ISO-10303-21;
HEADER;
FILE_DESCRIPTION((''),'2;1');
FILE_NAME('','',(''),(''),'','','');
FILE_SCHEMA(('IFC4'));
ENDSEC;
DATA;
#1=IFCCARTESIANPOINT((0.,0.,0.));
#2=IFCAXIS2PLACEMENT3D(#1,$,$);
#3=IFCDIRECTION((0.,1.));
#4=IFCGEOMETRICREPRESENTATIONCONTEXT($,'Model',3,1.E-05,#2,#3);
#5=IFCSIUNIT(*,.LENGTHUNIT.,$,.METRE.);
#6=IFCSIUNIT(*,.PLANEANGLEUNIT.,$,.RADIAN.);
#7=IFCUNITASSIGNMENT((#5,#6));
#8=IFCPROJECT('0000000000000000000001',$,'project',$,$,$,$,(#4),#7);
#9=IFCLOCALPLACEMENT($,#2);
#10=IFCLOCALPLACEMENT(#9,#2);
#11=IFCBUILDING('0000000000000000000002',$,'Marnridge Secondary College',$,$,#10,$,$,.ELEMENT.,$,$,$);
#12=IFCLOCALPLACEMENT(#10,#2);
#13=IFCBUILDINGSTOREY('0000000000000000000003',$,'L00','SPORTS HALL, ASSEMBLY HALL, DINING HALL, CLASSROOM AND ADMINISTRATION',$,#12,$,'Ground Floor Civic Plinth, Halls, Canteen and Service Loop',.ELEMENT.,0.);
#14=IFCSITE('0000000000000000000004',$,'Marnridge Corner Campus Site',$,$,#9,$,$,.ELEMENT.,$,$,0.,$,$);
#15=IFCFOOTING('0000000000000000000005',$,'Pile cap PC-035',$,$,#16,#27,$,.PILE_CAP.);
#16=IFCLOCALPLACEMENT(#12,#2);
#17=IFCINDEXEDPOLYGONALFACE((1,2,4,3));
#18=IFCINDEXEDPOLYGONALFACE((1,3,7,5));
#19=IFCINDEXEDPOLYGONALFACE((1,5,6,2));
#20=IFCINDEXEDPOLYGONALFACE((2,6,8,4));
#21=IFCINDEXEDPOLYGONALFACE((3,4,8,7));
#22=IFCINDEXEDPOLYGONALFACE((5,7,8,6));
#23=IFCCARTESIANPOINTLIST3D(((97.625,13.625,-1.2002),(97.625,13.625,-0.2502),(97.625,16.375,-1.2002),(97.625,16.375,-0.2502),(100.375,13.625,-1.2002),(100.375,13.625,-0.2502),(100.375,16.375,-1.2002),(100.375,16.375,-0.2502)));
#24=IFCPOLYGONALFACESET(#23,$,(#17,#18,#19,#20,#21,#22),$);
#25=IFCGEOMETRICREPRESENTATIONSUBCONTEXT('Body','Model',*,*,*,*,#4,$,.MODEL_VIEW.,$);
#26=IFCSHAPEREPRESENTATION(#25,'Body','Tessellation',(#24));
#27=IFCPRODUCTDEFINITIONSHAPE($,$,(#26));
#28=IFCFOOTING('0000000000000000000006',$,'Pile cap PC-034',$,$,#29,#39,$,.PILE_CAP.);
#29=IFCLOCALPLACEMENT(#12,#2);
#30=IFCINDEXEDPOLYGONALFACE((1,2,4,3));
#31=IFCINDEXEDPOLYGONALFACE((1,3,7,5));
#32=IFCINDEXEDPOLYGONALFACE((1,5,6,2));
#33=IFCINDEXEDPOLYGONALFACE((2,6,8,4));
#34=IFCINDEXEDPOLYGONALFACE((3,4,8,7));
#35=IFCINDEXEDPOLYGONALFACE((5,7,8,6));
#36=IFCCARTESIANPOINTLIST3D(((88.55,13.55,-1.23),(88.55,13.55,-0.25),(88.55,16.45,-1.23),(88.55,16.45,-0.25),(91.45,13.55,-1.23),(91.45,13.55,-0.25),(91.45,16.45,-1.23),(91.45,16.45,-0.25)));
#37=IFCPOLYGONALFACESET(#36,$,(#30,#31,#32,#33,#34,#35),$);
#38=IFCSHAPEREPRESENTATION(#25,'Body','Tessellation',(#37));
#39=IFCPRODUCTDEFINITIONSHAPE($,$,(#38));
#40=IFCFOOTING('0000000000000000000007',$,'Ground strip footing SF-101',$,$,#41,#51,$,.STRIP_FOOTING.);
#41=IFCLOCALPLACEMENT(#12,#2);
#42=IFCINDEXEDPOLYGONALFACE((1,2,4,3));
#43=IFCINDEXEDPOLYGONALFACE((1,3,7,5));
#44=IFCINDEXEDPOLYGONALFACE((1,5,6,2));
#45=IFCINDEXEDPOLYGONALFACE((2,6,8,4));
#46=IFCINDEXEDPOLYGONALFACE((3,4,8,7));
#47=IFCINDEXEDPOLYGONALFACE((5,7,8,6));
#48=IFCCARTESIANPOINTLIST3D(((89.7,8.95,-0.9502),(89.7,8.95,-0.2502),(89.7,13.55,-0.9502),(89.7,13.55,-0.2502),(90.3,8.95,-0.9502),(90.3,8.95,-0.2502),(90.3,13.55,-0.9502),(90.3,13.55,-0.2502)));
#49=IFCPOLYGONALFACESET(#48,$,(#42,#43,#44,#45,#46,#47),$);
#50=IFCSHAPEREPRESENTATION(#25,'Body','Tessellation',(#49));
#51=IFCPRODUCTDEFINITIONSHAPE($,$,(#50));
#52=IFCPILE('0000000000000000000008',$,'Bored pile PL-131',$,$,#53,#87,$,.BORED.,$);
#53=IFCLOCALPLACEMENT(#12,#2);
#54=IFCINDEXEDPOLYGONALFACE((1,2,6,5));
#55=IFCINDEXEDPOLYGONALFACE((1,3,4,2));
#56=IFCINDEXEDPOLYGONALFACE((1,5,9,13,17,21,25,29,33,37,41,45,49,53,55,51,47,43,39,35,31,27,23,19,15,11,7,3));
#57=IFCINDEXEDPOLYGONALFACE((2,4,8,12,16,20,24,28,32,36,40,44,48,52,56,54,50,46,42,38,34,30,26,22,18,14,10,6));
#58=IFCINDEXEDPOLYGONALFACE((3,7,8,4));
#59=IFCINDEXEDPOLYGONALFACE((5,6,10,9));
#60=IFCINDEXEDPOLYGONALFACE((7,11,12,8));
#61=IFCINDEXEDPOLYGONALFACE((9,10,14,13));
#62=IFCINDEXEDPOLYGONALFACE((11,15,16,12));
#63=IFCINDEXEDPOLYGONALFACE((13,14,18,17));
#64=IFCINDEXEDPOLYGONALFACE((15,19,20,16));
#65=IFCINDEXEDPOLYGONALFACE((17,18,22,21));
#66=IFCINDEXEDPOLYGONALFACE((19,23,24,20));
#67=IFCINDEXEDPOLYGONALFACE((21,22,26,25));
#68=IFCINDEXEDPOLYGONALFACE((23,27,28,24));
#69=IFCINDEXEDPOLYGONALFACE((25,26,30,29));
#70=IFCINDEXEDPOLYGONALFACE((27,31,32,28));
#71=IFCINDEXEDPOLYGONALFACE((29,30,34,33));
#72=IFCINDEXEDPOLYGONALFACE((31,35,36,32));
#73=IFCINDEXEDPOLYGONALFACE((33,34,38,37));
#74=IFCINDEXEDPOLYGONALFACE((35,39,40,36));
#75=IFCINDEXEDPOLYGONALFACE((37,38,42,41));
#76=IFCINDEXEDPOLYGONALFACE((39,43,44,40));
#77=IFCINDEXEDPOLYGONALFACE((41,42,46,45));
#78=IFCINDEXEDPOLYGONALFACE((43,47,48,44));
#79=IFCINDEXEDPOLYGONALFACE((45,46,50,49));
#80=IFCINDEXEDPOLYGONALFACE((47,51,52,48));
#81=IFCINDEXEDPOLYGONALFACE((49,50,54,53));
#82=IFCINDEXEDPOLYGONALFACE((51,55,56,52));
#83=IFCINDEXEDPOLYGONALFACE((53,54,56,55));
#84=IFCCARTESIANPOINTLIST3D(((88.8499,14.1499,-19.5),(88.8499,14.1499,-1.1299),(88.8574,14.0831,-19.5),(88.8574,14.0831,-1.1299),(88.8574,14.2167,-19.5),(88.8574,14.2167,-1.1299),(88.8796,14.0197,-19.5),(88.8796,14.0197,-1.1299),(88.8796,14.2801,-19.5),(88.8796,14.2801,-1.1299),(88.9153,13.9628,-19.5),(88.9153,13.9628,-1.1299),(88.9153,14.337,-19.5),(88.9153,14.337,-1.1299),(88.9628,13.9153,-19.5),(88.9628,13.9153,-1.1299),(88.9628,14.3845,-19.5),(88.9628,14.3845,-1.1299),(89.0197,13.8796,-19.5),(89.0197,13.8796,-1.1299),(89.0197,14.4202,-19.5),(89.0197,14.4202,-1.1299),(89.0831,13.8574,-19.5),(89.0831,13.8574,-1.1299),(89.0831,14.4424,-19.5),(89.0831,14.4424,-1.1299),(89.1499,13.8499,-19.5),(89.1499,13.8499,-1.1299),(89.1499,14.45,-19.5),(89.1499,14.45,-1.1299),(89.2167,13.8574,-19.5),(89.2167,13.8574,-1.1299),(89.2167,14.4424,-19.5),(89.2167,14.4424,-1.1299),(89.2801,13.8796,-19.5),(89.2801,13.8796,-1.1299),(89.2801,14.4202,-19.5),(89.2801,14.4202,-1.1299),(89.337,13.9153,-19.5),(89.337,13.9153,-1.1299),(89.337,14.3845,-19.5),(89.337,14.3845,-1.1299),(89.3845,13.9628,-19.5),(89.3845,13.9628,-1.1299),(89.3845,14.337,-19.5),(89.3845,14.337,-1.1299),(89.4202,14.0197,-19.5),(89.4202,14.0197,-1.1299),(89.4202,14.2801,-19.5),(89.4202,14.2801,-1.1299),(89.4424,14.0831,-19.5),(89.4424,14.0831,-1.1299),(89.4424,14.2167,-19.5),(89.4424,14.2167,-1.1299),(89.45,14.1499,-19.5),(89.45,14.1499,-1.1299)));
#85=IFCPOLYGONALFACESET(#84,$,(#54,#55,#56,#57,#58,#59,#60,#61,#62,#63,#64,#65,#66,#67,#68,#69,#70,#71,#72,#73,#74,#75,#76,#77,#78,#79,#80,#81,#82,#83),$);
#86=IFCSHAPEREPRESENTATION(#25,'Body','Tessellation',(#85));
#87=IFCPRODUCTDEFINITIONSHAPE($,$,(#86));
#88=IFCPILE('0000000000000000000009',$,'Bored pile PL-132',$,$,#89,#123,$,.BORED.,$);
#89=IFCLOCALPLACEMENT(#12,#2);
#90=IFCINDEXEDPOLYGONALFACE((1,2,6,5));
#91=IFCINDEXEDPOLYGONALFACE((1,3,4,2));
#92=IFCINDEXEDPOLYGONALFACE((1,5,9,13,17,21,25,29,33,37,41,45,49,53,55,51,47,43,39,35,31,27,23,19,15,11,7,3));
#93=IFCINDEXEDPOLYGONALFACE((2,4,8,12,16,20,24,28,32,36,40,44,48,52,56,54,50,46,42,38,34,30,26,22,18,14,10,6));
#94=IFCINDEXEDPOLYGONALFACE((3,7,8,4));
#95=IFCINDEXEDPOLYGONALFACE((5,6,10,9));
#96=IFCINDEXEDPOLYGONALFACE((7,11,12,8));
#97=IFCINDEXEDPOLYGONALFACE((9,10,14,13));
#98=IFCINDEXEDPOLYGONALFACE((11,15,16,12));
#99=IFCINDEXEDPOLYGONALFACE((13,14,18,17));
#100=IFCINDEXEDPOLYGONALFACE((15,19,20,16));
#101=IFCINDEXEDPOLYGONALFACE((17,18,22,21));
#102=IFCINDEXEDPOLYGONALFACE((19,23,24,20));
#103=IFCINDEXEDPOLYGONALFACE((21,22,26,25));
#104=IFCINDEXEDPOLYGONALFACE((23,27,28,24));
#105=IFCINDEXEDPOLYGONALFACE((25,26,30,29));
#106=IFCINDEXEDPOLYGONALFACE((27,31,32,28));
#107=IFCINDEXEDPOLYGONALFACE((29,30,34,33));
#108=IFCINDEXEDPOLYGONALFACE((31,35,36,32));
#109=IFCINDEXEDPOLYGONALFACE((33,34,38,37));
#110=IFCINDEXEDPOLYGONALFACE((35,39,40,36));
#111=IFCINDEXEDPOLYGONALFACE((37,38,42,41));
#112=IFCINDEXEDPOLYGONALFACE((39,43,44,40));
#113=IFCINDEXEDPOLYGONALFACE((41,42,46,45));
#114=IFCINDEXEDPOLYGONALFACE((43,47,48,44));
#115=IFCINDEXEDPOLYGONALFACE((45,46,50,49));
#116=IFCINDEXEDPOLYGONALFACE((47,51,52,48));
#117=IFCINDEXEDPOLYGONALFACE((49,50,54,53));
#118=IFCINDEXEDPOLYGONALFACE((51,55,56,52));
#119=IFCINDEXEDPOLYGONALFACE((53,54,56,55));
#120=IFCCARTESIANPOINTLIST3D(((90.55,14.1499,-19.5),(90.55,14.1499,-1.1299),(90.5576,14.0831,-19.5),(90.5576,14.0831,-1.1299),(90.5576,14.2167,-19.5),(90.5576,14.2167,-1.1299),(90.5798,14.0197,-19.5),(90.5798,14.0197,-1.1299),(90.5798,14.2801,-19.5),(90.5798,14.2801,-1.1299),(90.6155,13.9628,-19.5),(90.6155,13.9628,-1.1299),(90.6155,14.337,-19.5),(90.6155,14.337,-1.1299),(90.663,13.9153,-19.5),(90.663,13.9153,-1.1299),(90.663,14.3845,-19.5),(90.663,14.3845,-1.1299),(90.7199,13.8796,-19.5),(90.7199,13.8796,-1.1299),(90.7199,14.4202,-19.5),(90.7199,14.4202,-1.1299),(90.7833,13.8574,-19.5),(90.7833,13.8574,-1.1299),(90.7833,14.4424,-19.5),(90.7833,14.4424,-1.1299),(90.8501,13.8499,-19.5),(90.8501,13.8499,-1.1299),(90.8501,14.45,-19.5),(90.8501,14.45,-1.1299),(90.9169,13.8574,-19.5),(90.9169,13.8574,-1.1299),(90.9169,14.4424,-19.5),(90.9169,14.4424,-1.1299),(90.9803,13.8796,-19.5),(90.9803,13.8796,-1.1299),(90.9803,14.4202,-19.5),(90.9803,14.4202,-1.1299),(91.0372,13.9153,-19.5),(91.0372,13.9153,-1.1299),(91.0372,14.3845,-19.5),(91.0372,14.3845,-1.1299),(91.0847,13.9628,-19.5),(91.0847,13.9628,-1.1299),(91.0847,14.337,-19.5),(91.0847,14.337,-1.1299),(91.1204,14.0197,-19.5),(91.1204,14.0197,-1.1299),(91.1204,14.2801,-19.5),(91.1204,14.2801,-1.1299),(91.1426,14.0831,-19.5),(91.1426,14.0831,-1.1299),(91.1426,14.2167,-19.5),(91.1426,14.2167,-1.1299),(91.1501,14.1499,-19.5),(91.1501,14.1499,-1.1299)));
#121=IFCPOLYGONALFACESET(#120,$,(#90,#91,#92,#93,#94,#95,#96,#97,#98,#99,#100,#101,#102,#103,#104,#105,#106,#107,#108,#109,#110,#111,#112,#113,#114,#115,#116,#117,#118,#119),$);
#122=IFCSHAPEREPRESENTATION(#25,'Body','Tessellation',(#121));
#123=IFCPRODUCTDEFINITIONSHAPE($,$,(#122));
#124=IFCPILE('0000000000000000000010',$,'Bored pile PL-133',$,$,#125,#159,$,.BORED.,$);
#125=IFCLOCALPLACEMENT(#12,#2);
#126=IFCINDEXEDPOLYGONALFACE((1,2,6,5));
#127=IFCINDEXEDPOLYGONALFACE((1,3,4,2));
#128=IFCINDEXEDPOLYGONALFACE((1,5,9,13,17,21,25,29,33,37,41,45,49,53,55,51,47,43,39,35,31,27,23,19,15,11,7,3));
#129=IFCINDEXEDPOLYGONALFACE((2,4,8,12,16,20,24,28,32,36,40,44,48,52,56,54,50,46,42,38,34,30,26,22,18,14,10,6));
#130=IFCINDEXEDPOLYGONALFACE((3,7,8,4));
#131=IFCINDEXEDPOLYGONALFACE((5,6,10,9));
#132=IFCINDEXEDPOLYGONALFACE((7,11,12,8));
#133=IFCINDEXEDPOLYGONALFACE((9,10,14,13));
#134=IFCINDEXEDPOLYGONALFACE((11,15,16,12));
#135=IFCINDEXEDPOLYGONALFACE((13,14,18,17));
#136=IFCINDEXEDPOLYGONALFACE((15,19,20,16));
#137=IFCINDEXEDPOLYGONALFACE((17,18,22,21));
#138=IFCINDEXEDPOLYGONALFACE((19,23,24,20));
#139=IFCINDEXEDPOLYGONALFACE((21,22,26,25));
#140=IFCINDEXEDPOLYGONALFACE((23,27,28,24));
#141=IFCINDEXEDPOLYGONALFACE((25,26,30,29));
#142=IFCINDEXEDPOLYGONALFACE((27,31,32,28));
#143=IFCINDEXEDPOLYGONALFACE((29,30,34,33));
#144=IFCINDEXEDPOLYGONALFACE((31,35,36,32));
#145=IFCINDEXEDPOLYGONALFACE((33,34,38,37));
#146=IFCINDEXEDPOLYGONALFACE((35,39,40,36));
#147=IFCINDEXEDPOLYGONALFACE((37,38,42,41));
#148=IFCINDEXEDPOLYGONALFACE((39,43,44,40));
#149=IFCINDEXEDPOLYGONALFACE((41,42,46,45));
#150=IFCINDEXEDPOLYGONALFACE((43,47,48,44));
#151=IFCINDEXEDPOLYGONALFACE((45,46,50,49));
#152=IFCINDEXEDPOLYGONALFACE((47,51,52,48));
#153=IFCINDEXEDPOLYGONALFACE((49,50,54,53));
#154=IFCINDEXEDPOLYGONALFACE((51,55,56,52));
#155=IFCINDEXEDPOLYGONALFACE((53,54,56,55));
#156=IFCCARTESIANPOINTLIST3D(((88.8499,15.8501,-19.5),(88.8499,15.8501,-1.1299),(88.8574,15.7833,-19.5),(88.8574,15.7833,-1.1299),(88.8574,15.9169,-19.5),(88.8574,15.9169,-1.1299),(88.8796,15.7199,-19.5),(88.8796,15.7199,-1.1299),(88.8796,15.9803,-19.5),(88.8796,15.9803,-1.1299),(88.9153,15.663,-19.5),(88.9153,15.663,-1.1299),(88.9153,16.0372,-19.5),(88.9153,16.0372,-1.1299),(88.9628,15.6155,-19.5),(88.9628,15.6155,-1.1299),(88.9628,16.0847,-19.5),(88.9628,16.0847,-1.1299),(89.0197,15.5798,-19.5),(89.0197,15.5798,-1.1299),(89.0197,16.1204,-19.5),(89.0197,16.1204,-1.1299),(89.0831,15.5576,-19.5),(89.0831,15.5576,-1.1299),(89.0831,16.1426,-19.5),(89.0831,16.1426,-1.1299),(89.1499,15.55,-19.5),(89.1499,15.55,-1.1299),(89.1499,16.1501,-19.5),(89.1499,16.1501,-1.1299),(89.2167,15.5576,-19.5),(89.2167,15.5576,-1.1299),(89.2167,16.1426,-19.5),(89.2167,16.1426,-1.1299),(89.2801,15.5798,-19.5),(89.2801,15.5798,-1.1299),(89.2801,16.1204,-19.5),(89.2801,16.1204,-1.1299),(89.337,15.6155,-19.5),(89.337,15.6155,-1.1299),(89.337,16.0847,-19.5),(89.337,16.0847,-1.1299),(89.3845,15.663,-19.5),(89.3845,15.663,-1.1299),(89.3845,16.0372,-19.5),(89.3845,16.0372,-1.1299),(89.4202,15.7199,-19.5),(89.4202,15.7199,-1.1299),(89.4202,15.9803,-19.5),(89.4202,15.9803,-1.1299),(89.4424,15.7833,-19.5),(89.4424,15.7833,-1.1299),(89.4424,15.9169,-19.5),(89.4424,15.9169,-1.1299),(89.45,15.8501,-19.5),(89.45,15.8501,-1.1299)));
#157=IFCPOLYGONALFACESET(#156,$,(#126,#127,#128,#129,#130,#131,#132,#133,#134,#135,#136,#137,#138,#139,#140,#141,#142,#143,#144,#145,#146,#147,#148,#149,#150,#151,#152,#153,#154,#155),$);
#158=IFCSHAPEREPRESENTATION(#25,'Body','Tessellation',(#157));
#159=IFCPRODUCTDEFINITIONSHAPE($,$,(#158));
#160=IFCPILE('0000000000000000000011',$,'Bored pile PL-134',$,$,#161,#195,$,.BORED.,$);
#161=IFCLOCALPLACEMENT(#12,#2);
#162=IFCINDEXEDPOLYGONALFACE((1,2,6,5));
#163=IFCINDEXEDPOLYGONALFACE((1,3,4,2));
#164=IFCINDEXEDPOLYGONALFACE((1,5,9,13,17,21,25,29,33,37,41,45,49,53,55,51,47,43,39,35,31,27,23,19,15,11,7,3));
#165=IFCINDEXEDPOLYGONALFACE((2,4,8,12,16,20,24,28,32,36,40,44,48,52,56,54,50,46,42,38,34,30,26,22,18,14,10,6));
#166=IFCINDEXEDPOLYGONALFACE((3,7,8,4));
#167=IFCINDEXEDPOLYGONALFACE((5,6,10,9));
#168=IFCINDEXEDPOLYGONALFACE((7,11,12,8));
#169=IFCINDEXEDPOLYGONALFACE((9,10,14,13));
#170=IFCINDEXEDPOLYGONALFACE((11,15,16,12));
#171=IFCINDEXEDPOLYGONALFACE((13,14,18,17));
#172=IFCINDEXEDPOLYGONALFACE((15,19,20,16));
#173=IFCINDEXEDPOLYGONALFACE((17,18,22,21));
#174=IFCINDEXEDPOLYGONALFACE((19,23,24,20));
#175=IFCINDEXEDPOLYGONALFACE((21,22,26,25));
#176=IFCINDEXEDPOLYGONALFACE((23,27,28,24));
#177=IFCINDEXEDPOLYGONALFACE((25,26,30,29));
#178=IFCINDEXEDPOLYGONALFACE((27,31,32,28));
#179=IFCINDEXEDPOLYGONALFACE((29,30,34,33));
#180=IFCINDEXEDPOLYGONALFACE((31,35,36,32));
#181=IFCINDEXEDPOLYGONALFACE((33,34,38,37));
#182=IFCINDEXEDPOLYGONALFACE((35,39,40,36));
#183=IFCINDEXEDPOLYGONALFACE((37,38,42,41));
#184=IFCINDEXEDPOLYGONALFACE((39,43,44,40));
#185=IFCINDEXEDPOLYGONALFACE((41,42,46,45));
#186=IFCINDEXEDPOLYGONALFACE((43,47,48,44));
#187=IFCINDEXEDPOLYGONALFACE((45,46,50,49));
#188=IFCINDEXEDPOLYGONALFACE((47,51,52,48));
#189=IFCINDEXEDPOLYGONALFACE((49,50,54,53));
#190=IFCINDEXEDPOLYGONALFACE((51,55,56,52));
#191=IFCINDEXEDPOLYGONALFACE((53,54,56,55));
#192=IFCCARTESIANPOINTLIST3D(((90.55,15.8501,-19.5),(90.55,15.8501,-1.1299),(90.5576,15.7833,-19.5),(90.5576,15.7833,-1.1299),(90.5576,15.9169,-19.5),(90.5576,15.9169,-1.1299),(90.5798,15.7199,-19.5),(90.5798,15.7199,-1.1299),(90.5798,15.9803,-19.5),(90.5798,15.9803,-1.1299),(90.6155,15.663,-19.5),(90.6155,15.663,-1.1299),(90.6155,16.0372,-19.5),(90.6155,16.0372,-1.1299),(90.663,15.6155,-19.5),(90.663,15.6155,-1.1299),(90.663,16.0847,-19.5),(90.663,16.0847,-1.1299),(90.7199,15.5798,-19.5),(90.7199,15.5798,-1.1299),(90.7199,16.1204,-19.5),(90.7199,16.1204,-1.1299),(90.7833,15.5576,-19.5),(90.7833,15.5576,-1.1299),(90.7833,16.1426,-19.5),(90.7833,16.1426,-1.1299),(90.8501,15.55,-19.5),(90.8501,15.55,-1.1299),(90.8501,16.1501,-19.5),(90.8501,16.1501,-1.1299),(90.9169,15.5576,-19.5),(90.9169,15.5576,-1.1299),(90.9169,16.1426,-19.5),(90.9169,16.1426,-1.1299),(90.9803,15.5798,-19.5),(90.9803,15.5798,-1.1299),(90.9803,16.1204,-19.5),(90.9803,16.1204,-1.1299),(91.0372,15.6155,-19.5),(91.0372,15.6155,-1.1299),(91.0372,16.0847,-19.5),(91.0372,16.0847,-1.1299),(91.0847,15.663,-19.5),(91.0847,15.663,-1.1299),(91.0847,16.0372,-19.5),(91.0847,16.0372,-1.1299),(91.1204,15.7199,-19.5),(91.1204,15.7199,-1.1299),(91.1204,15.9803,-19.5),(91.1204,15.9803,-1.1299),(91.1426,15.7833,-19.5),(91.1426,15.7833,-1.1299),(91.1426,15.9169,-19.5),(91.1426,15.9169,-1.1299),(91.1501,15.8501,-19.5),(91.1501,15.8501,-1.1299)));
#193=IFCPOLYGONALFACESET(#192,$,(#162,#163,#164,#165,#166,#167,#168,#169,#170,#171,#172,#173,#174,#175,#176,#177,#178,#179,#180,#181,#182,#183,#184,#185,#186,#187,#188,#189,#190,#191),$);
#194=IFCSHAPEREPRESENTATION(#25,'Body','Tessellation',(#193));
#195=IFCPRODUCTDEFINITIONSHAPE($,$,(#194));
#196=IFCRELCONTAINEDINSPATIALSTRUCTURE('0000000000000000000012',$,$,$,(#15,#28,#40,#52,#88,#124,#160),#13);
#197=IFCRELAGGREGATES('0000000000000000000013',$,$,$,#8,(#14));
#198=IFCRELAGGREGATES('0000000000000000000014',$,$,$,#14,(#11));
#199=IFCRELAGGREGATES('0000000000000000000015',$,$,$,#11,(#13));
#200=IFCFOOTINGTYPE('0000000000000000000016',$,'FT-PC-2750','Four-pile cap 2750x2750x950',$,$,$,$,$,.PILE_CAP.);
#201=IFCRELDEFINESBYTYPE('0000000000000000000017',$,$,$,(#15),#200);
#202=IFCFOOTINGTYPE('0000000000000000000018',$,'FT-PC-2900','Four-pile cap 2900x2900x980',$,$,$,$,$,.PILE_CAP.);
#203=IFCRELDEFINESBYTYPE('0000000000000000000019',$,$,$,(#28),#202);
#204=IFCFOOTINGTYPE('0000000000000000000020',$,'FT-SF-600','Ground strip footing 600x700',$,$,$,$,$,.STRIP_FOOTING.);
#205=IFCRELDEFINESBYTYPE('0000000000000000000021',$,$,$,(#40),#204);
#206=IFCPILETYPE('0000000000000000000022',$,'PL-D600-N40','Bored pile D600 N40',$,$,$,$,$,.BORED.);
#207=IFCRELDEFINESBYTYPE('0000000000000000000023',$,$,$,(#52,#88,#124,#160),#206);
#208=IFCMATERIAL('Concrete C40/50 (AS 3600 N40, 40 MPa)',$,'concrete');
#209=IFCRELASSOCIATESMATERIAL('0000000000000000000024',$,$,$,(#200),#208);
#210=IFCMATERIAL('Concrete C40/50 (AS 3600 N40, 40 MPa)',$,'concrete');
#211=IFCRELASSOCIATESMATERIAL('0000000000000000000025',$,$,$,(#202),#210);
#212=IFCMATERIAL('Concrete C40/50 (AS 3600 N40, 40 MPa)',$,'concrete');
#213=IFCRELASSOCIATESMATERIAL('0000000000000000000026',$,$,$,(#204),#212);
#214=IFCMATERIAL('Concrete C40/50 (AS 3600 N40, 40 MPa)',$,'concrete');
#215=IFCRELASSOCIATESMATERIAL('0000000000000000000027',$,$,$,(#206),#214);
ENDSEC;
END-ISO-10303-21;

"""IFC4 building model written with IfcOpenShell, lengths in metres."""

from ifc_helpers import new_model, si_unit, direction, frame, origin, origin_2d, place, context, subcontext, project, spatial, rectangle, circle, extrude, material, material_profile, profile_set, type_object, element, save


model = new_model("IFC4")

# Units and contexts
model_context = context("Model", 3, precision=1e-05, world=origin(), true_north=direction((0.0, 1.0)))
body_context = subcontext(model_context, "Body", "Model", "MODEL_VIEW")
ifc_project = project(units=[si_unit("LENGTHUNIT", "METRE"), si_unit("PLANEANGLEUNIT", "RADIAN")], contexts=[model_context])

# Site, building, storey
site_placement = place(None, origin())
site = spatial("IfcSite", under=ifc_project, at=site_placement, Name="Marnridge Corner Campus Site", CompositionType="ELEMENT", RefElevation=0.0)
building_placement = place(site_placement, origin())
building = spatial("IfcBuilding", under=site, at=building_placement, Name="Marnridge Secondary College", CompositionType="ELEMENT")
storey_placement = place(building_placement, origin())
storey = spatial("IfcBuildingStorey", under=building, at=storey_placement, Name="L00", Description="SPORTS HALL, ASSEMBLY HALL, DINING HALL, CLASSROOM AND ADMINISTRATION", LongName="Ground Floor Civic Plinth, Halls, Canteen and Service Loop", CompositionType="ELEMENT", Elevation=0.0)

# Footings
ifc_material_1 = material(Name="Concrete C40/50 (AS 3600 N40, 40 MPa)", Category="concrete")
footing_type_1 = type_object("IfcFootingType", Name="FT-PC-2750", Description="Four-pile cap 2750x2750x950", PredefinedType="PILE_CAP", material=ifc_material_1)
footing_1_placement = place(storey_placement, frame((99.0, 15.0, -1.2002), z_axis=(0.0, 0.0, 1.0), x_axis=(1.0, 0.0, 0.0)))
element("IfcFooting", 1, at=footing_1_placement, inside=storey, type_object=footing_type_1, Name="Pile cap PC-035", PredefinedType="PILE_CAP", context=body_context, shape_type="SweptSolid", body=[
    extrude(rectangle(XDim=2.75, YDim=2.75, at=origin_2d()), origin(), (0.0, 0.0, 1.0), 0.95),
])
ifc_material_2 = material(Name="Concrete C40/50 (AS 3600 N40, 40 MPa)", Category="concrete")
footing_type_2 = type_object("IfcFootingType", Name="FT-PC-2900", Description="Four-pile cap 2900x2900x980", PredefinedType="PILE_CAP", material=ifc_material_2)
footing_2_placement = place(storey_placement, frame((90.0, 15.0, -1.23), z_axis=(0.0, 0.0, 1.0), x_axis=(1.0, 0.0, 0.0)))
element("IfcFooting", 2, at=footing_2_placement, inside=storey, type_object=footing_type_2, Name="Pile cap PC-034", PredefinedType="PILE_CAP", context=body_context, shape_type="SweptSolid", body=[
    extrude(rectangle(XDim=2.8999, YDim=2.8999, at=origin_2d()), origin(), (0.0, 0.0, 1.0), 0.98),
])
ifc_material_3 = material(Name="Concrete C40/50 (AS 3600 N40, 40 MPa)", Category="concrete")
footing_type_3 = type_object("IfcFootingType", Name="FT-SF-600", Description="Ground strip footing 600x700", PredefinedType="STRIP_FOOTING", material=ifc_material_3)
footing_3_placement = place(storey_placement, frame((90.0, 11.25, -0.9502), z_axis=(0.0, 0.0, 1.0), x_axis=(1.0, 0.0, 0.0)))
element("IfcFooting", 3, at=footing_3_placement, inside=storey, type_object=footing_type_3, Name="Ground strip footing SF-101", PredefinedType="STRIP_FOOTING", context=body_context, shape_type="SweptSolid", body=[
    extrude(rectangle(XDim=0.6001, YDim=4.6001, at=origin_2d()), origin(), (0.0, 0.0, 1.0), 0.7),
])

# Piles
ifc_material_4 = material(Name="Concrete C40/50 (AS 3600 N40, 40 MPa)", Category="concrete")
ifc_material_profile_1 = material_profile(ifc_material_4, circle(Radius=0.3, at=origin_2d()), Name="PILE D600")
ifc_profile_set_1 = profile_set([ifc_material_profile_1], Name="Concrete C40/50 (AS 3600 N40, 40 MPa)")
pile_type = type_object("IfcPileType", Name="PL-D600-N40", Description="Bored pile D600 N40", PredefinedType="BORED", material=ifc_profile_set_1)
for number, where, z_axis, x_axis, name in (
    (4, (89.1499, 14.1499, -1.1299), (0.0, 0.0, -1.0), (1.0, 0.0, 0.0), "Bored pile PL-131"),
    (5, (90.8501, 14.1499, -1.1299), (0.0, 0.0, -1.0), (1.0, 0.0, 0.0), "Bored pile PL-132"),
    (6, (89.1499, 15.8501, -1.1299), (0.0, 0.0, -1.0), (1.0, 0.0, 0.0), "Bored pile PL-133"),
    (7, (90.8501, 15.8501, -1.1299), (0.0, 0.0, -1.0), (1.0, 0.0, 0.0), "Bored pile PL-134"),
):
    element("IfcPile", number, at=place(storey_placement, frame(where, z_axis=z_axis, x_axis=x_axis)), inside=storey, type_object=pile_type, Name=name, PredefinedType="BORED", context=body_context, shape_type="SweptSolid", body=[
        extrude(circle(Radius=0.3, at=origin_2d()), origin(), (0.0, 0.0, 1.0), 18.3701),
    ])

save(model, "model.ifc")
